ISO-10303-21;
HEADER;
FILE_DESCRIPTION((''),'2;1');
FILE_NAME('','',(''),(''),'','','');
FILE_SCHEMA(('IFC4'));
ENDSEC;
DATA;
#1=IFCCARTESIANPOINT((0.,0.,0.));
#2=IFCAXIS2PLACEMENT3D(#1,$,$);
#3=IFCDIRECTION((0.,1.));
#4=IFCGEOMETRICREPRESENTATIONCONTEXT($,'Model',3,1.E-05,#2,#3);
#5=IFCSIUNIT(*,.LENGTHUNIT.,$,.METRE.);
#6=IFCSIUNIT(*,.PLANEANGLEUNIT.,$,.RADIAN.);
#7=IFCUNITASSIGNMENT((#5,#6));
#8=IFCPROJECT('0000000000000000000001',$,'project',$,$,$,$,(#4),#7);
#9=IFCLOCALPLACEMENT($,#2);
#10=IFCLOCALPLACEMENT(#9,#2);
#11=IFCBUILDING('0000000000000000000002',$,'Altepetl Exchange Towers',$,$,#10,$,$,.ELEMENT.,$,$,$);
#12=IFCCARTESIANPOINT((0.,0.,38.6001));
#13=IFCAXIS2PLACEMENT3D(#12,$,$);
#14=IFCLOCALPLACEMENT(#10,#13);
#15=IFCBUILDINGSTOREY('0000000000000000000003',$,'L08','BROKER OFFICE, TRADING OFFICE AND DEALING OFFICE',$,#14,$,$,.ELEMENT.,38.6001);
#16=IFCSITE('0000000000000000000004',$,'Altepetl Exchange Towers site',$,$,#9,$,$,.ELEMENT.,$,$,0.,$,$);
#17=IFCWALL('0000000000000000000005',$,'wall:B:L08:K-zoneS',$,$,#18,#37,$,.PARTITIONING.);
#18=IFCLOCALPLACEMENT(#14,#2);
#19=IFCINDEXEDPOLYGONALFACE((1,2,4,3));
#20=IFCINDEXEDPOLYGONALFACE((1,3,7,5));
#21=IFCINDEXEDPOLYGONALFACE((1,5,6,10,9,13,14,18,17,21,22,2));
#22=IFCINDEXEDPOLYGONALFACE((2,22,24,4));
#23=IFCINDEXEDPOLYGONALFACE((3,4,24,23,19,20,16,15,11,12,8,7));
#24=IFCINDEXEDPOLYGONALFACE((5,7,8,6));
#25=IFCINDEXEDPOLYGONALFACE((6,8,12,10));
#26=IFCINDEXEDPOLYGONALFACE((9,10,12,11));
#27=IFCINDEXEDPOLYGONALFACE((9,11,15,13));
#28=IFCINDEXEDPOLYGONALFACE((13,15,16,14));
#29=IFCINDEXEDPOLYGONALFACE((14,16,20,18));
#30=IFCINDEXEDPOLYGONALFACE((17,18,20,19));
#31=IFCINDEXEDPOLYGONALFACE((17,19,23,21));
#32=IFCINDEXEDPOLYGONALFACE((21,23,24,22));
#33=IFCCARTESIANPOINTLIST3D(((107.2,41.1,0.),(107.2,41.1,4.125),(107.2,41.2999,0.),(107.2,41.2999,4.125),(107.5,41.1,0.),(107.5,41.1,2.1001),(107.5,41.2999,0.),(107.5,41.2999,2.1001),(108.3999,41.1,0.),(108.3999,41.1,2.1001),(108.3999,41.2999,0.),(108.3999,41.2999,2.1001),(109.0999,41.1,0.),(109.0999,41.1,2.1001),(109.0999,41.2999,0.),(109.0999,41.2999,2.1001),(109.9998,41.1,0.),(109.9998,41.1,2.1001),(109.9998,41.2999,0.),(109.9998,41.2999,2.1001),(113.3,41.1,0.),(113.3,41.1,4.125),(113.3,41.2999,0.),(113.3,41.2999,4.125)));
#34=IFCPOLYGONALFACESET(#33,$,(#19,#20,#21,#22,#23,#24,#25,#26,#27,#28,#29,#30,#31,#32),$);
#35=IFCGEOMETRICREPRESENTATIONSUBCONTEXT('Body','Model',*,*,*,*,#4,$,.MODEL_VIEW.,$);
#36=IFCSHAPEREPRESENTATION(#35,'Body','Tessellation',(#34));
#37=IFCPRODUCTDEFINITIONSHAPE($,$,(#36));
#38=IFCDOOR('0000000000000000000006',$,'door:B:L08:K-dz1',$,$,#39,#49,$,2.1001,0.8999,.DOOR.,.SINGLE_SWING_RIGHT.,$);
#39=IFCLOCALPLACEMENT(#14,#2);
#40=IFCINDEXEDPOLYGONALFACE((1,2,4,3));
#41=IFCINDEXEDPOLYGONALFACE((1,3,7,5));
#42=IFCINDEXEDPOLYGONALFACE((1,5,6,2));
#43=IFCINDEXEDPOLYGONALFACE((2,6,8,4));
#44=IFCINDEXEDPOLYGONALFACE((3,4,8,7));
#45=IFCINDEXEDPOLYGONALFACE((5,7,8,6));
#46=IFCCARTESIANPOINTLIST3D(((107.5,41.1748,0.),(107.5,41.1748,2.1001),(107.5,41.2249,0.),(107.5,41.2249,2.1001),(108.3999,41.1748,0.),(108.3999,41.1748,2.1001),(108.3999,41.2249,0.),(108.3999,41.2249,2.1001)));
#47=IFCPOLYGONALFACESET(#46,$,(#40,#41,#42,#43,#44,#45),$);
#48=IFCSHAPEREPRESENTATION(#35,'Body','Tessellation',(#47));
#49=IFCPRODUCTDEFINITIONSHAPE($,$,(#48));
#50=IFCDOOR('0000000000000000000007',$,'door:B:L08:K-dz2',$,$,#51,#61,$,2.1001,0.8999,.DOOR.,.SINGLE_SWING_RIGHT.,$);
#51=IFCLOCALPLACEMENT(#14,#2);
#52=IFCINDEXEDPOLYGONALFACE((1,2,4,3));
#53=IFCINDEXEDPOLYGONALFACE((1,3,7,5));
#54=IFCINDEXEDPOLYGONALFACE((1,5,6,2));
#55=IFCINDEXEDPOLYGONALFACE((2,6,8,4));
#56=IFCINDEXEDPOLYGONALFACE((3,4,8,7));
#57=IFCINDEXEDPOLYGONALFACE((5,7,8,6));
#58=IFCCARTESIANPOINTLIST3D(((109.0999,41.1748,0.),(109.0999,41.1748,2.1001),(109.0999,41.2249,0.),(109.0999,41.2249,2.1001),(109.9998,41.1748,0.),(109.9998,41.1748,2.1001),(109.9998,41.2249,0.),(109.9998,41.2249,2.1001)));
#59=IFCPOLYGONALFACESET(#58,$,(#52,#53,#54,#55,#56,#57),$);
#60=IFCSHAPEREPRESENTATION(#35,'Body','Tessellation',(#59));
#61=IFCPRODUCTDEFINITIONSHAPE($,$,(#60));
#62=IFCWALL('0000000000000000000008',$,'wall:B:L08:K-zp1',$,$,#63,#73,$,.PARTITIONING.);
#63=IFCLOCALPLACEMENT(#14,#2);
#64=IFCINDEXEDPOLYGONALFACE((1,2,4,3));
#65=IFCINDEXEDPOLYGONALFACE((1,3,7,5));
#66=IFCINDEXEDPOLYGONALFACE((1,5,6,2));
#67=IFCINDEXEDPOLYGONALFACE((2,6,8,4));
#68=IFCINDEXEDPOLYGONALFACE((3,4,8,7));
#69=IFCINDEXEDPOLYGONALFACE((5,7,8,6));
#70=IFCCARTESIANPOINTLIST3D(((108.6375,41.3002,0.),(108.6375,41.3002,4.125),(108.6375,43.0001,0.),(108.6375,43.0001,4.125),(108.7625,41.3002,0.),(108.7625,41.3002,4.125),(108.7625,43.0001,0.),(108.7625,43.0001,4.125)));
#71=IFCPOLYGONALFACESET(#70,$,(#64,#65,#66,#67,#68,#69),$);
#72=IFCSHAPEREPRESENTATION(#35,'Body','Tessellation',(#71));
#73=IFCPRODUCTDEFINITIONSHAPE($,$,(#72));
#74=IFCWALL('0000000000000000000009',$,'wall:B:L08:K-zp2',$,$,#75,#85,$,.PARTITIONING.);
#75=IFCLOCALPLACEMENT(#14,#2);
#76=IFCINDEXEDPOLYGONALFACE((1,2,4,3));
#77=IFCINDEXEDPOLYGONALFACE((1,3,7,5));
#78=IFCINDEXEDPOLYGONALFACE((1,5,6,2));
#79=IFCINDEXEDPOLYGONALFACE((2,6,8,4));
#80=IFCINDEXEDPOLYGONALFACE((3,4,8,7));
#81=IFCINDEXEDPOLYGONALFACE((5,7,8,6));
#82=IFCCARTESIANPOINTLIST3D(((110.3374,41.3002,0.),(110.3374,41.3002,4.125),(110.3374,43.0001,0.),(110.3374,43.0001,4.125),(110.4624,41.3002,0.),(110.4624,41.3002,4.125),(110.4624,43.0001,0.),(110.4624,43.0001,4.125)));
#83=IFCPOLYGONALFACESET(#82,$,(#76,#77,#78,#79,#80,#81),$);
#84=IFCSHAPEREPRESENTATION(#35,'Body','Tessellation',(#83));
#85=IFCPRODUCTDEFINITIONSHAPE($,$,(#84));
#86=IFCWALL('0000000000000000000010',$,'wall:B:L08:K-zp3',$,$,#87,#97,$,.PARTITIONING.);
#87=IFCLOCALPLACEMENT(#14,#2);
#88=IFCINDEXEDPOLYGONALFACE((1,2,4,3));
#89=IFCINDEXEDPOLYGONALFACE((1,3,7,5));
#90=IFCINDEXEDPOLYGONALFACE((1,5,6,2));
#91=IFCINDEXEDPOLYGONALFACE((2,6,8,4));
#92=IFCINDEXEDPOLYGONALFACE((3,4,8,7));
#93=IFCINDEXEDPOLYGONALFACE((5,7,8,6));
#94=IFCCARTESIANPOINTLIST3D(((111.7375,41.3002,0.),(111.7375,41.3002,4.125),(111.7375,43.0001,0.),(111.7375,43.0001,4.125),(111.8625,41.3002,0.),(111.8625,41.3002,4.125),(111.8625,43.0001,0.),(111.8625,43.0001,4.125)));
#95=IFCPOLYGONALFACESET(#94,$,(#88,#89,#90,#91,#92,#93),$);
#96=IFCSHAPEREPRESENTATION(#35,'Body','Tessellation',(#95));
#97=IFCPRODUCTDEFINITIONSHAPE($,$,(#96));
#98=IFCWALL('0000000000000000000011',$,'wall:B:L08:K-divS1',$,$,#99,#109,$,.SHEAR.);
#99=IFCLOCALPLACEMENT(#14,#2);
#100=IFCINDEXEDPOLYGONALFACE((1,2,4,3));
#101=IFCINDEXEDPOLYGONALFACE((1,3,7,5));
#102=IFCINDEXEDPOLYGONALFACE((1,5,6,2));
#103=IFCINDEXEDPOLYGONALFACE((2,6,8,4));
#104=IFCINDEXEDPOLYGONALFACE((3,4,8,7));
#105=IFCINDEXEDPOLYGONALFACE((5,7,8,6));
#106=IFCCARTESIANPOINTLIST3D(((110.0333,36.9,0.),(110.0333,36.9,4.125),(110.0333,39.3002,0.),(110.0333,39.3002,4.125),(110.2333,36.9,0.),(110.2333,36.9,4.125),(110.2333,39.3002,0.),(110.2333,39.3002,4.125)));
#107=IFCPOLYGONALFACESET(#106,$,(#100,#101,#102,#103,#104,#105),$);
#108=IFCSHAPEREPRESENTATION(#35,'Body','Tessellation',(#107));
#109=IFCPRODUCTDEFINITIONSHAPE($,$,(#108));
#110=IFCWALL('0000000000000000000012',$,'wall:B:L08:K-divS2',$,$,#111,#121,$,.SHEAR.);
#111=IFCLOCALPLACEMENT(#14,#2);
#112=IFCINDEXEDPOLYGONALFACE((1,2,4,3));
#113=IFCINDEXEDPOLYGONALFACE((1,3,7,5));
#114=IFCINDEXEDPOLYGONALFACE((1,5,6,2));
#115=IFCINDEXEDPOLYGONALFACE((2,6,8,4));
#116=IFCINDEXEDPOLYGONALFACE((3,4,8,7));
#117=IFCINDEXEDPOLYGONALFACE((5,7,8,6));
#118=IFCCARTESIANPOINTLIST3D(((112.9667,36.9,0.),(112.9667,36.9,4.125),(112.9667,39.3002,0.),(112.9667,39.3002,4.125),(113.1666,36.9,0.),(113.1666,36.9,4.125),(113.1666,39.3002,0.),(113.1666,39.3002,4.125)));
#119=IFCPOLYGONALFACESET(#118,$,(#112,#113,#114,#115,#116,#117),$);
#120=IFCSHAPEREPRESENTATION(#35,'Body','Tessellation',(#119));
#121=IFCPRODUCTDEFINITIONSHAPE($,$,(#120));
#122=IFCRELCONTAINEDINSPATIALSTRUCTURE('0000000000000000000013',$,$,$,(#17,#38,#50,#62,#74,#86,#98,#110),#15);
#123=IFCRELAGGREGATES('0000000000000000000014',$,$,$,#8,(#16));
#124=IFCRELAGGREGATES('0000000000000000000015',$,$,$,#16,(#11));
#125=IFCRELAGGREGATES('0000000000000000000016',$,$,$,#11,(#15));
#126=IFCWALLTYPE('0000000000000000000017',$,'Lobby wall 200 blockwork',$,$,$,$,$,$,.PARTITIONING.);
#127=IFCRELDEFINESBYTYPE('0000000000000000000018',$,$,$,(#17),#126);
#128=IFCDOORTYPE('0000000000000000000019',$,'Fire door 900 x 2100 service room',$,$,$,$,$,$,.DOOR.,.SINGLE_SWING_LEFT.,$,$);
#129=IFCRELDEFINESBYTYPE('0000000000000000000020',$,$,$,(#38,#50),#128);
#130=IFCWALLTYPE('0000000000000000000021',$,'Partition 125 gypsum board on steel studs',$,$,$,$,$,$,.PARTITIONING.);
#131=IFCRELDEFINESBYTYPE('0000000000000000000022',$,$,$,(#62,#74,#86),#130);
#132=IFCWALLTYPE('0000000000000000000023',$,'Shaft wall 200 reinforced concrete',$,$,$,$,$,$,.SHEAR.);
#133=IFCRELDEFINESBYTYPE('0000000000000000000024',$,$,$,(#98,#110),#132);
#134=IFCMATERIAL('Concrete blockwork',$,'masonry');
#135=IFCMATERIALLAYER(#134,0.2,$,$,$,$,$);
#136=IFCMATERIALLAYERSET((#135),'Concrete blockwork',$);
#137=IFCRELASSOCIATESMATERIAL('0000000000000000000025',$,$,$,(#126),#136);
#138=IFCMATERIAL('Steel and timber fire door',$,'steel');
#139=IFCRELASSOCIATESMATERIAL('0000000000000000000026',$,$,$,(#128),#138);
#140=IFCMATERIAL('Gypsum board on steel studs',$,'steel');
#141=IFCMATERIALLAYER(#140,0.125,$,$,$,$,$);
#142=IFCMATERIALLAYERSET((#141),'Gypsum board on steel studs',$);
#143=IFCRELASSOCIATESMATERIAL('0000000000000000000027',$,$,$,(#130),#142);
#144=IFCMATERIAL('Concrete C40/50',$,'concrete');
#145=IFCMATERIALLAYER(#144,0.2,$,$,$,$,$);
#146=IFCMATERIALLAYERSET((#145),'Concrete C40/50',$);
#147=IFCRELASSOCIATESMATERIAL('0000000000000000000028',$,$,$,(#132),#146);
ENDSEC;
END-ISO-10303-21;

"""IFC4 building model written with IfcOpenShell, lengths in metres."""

from ifc_helpers import new_model, si_unit, direction, frame, frame_2d, origin, place, context, subcontext, project, spatial, rectangle, extrude, material, layer, layer_set, type_object, element, fill, save


model = new_model("IFC4")

# Units and contexts
model_context = context("Model", 3, precision=1e-05, world=origin(), true_north=direction((0.0, 1.0)))
body_context = subcontext(model_context, "Body", "Model", "MODEL_VIEW")
ifc_project = project(units=[si_unit("LENGTHUNIT", "METRE"), si_unit("PLANEANGLEUNIT", "RADIAN")], contexts=[model_context])

# Site, building, storey
site_placement = place(None, origin())
site = spatial("IfcSite", under=ifc_project, at=site_placement, Name="Altepetl Exchange Towers site", CompositionType="ELEMENT", RefElevation=0.0)
building_placement = place(site_placement, origin())
building = spatial("IfcBuilding", under=site, at=building_placement, Name="Altepetl Exchange Towers", CompositionType="ELEMENT")
storey_placement = place(building_placement, frame((0.0, 0.0, 38.6001)))
storey = spatial("IfcBuildingStorey", under=building, at=storey_placement, Name="L08", Description="BROKER OFFICE, TRADING OFFICE AND DEALING OFFICE", CompositionType="ELEMENT", Elevation=38.6001)

# Shared definitions
ifc_material_1 = material(Name="Steel and timber fire door", Category="steel")

# Wall, openings, doors
ifc_material_2 = material(Name="Concrete blockwork", Category="masonry")
ifc_layer_1 = layer(ifc_material_2, 0.2)
ifc_layer_set_1 = layer_set([ifc_layer_1], Name="Concrete blockwork")
wall_type_1 = type_object("IfcWallType", Name="Lobby wall 200 blockwork", PredefinedType="PARTITIONING", material=ifc_layer_set_1)
wall_1_placement = place(storey_placement, frame((107.2, 41.2, 0.0)))
wall_1 = element("IfcWall", 1, at=wall_1_placement, inside=storey, type_object=wall_type_1, Name="wall:B:L08:K-zoneS", PredefinedType="PARTITIONING", context=body_context, shape_type="SweptSolid", body=[
    extrude(rectangle(XDim=6.1001, YDim=0.2, at=frame_2d((3.05, 0.0))), origin(), (0.0, 0.0, 1.0), 4.125),
])
opening_1_placement = place(wall_1_placement, frame((0.3, 0.0, 0.0)))
opening_1 = element("IfcOpeningElement", 2, at=opening_1_placement, cuts=wall_1, PredefinedType="OPENING", context=body_context, shape_type="SweptSolid", body=[
    extrude(rectangle(XDim=0.8999, YDim=2.1001, at=frame_2d((0.45, 1.05))), frame((0.0, 0.1099, 0.0), z_axis=(0.0, -1.0, 0.0), x_axis=(1.0, 0.0, 0.0)), (0.0, 0.0, 1.0), 0.22),
])
opening_2_placement = place(wall_1_placement, frame((1.8999, 0.0, 0.0)))
opening_2 = element("IfcOpeningElement", 3, at=opening_2_placement, cuts=wall_1, PredefinedType="OPENING", context=body_context, shape_type="SweptSolid", body=[
    extrude(rectangle(XDim=0.8999, YDim=2.1001, at=frame_2d((0.45, 1.05))), frame((0.0, 0.1099, 0.0), z_axis=(0.0, -1.0, 0.0), x_axis=(1.0, 0.0, 0.0)), (0.0, 0.0, 1.0), 0.22),
])
door_type_1 = type_object("IfcDoorType", Name="Fire door 900 x 2100 service room", OperationType="SINGLE_SWING_LEFT", PredefinedType="DOOR", material=ifc_material_1)
door_1_placement = place(opening_1_placement, origin())
door_1 = element("IfcDoor", 4, at=door_1_placement, inside=storey, type_object=door_type_1, Name="door:B:L08:K-dz1", OperationType="SINGLE_SWING_RIGHT", OverallHeight=2.1001, OverallWidth=0.8999, PredefinedType="DOOR", context=body_context, shape_type="SweptSolid", body=[
    extrude(rectangle(XDim=0.8999, YDim=2.1001, at=frame_2d((0.45, 1.05))), frame((0.0, 0.0249, 0.0), z_axis=(0.0, -1.0, 0.0), x_axis=(1.0, 0.0, 0.0)), (0.0, 0.0, 1.0), 0.05),
])
fill(opening_1, door_1)
door_2_placement = place(opening_2_placement, origin())
door_2 = element("IfcDoor", 5, at=door_2_placement, inside=storey, type_object=door_type_1, Name="door:B:L08:K-dz2", OperationType="SINGLE_SWING_RIGHT", OverallHeight=2.1001, OverallWidth=0.8999, PredefinedType="DOOR", context=body_context, shape_type="SweptSolid", body=[
    extrude(rectangle(XDim=0.8999, YDim=2.1001, at=frame_2d((0.45, 1.05))), frame((0.0, 0.0249, 0.0), z_axis=(0.0, -1.0, 0.0), x_axis=(1.0, 0.0, 0.0)), (0.0, 0.0, 1.0), 0.05),
])
fill(opening_2, door_2)

# Walls
ifc_material_3 = material(Name="Gypsum board on steel studs", Category="steel")
ifc_layer_2 = layer(ifc_material_3, 0.125)
ifc_layer_set_2 = layer_set([ifc_layer_2], Name="Gypsum board on steel studs")
wall_type_2 = type_object("IfcWallType", Name="Partition 125 gypsum board on steel studs", PredefinedType="PARTITIONING", material=ifc_layer_set_2)
for number, where, z_axis, x_axis, name in (
    (6, (108.7, 41.3, 0.0), (0.0, 0.0, 1.0), (0.0, 1.0, 0.0), "wall:B:L08:K-zp1"),
    (7, (110.3999, 41.3, 0.0), (0.0, 0.0, 1.0), (0.0, 1.0, 0.0), "wall:B:L08:K-zp2"),
    (8, (111.8, 41.3, 0.0), (0.0, 0.0, 1.0), (0.0, 1.0, 0.0), "wall:B:L08:K-zp3"),
):
    element("IfcWall", number, at=place(storey_placement, frame(where, z_axis=z_axis, x_axis=x_axis)), inside=storey, type_object=wall_type_2, Name=name, PredefinedType="PARTITIONING", context=body_context, shape_type="SweptSolid", body=[
        extrude(rectangle(XDim=1.7, YDim=0.125, at=frame_2d((0.8501, 0.0))), origin(), (0.0, 0.0, 1.0), 4.125),
    ])
ifc_material_4 = material(Name="Concrete C40/50", Category="concrete")
ifc_layer_3 = layer(ifc_material_4, 0.2)
ifc_layer_set_3 = layer_set([ifc_layer_3], Name="Concrete C40/50")
wall_type_3 = type_object("IfcWallType", Name="Shaft wall 200 reinforced concrete", PredefinedType="SHEAR", material=ifc_layer_set_3)
for number, where, z_axis, x_axis, name in (
    (9, (110.1333, 36.8999, 0.0), (0.0, 0.0, 1.0), (0.0, 1.0, 0.0), "wall:B:L08:K-divS1"),
    (10, (113.0667, 36.8999, 0.0), (0.0, 0.0, 1.0), (0.0, 1.0, 0.0), "wall:B:L08:K-divS2"),
):
    element("IfcWall", number, at=place(storey_placement, frame(where, z_axis=z_axis, x_axis=x_axis)), inside=storey, type_object=wall_type_3, Name=name, PredefinedType="SHEAR", context=body_context, shape_type="SweptSolid", body=[
        extrude(rectangle(XDim=2.4001, YDim=0.2, at=frame_2d((1.2002, 0.0))), origin(), (0.0, 0.0, 1.0), 4.125),
    ])

save(model, "model.ifc")
